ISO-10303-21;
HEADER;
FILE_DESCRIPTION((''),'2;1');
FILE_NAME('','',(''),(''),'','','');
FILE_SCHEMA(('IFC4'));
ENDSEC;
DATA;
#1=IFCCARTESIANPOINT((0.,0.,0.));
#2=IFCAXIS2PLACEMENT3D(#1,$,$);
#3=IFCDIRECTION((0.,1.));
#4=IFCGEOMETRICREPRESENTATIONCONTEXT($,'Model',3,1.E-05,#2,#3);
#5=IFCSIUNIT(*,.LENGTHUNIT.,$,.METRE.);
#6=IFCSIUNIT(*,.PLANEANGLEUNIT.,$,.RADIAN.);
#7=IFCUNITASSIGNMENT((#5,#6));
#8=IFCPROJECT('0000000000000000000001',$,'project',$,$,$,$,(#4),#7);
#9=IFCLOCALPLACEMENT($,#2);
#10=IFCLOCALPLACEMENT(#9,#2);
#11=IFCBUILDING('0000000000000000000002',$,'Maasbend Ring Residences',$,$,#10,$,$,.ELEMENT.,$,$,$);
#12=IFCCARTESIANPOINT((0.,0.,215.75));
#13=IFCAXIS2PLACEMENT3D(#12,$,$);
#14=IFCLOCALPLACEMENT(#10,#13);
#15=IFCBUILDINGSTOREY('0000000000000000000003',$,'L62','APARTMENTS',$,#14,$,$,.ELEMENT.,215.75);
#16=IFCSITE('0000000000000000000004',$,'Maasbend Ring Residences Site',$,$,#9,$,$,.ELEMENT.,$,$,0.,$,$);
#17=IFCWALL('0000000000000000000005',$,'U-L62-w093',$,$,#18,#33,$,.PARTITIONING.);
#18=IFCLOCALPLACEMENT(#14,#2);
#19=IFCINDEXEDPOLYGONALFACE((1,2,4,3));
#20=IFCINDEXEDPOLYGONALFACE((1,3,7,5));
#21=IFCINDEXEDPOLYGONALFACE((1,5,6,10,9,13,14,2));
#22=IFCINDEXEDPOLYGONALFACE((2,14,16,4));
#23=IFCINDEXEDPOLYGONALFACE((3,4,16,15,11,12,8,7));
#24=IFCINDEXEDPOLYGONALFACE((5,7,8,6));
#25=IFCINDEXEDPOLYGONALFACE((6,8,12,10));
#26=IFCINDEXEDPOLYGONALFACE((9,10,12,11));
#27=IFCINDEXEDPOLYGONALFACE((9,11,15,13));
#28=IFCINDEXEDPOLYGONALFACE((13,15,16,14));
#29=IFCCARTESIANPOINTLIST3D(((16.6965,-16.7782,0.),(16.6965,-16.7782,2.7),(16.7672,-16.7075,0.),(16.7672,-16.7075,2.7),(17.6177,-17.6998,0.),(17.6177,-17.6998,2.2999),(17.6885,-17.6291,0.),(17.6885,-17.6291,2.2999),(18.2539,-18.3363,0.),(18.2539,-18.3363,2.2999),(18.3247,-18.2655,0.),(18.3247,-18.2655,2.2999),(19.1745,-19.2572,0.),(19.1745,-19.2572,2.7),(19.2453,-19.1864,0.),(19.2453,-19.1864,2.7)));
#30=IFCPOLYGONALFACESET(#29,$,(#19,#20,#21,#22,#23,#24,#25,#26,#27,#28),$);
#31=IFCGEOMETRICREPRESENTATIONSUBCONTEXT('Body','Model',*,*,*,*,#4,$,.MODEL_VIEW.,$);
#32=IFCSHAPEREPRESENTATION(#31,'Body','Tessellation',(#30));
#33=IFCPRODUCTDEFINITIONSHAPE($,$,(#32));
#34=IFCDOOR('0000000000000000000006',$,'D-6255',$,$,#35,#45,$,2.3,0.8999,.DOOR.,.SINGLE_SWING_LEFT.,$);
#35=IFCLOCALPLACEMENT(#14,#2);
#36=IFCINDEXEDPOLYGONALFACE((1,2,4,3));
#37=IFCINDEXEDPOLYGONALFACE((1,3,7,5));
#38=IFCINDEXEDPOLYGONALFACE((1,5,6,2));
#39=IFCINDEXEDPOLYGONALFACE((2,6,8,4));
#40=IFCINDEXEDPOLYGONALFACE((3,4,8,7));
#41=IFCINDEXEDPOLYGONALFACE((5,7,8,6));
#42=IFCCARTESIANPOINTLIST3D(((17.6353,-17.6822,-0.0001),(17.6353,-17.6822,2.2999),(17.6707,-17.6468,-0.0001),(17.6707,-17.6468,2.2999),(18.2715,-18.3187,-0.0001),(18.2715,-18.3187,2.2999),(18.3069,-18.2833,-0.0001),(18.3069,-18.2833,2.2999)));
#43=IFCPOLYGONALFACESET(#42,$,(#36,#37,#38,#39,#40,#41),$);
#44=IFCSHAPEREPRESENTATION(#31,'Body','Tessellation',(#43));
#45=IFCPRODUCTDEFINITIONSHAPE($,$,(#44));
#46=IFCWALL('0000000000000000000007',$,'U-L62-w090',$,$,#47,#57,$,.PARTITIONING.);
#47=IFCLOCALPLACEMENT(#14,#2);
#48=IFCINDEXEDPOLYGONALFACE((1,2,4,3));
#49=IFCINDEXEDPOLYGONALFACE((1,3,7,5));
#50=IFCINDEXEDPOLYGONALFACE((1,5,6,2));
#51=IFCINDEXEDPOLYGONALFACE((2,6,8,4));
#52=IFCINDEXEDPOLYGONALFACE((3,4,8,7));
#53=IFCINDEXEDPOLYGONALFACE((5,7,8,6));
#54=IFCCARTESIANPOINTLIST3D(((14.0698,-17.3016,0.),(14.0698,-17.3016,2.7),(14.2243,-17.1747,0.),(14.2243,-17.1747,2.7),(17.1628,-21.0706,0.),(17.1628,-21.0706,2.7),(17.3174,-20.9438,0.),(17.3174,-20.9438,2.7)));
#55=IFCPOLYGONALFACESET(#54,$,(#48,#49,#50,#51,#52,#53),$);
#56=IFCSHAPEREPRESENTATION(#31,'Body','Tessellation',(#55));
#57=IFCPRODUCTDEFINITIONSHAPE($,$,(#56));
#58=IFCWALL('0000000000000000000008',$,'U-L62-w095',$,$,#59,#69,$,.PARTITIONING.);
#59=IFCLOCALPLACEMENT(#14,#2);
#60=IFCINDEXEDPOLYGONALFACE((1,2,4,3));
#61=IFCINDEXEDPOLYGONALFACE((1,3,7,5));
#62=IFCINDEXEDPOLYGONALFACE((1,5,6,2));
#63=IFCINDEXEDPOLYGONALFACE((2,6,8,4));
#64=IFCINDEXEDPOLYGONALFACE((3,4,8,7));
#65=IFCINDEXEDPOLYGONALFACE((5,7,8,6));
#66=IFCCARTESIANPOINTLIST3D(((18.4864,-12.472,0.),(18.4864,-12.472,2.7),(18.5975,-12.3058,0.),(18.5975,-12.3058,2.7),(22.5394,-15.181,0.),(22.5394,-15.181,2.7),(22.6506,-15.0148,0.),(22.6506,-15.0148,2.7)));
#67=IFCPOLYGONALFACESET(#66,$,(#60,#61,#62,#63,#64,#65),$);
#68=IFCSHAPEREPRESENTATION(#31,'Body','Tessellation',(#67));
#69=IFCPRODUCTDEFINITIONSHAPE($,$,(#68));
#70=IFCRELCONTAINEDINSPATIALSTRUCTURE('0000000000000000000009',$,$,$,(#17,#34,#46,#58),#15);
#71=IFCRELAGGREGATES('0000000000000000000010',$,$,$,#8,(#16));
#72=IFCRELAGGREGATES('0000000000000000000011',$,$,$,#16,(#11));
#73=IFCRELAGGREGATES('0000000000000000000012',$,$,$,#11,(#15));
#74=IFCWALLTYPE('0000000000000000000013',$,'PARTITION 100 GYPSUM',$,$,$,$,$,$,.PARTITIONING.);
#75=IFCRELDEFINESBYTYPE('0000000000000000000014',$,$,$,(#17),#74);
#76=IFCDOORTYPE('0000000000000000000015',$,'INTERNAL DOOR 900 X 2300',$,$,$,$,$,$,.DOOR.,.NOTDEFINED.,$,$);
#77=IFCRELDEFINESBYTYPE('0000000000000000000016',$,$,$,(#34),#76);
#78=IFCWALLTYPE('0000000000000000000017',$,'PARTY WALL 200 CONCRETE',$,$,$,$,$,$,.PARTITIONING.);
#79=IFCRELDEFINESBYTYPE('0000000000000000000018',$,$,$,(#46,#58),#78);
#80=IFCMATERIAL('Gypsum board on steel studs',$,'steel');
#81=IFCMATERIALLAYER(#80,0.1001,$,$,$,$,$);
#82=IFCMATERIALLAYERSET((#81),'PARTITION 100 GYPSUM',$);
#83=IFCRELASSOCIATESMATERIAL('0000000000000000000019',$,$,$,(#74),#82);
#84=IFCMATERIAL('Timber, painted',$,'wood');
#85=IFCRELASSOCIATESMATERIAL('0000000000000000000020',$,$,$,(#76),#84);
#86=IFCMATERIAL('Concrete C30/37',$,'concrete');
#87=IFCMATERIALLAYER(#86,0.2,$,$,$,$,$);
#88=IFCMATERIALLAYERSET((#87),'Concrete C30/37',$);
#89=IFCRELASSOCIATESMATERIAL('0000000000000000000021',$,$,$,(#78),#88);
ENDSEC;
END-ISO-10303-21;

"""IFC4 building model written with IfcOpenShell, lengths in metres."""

from ifc_helpers import new_model, si_unit, direction, frame, frame_2d, origin, place, context, subcontext, project, spatial, rectangle, extrude, material, layer, layer_set, type_object, element, fill, save


model = new_model("IFC4")

# Units and contexts
model_context = context("Model", 3, precision=1e-05, world=origin(), true_north=direction((0.0, 1.0)))
body_context = subcontext(model_context, "Body", "Model", "MODEL_VIEW")
ifc_project = project(units=[si_unit("LENGTHUNIT", "METRE"), si_unit("PLANEANGLEUNIT", "RADIAN")], contexts=[model_context])

# Site, building, storey
site_placement = place(None, origin())
site = spatial("IfcSite", under=ifc_project, at=site_placement, Name="Maasbend Ring Residences Site", CompositionType="ELEMENT", RefElevation=0.0)
building_placement = place(site_placement, origin())
building = spatial("IfcBuilding", under=site, at=building_placement, Name="Maasbend Ring Residences", CompositionType="ELEMENT")
storey_placement = place(building_placement, frame((0.0, 0.0, 215.75)))
storey = spatial("IfcBuildingStorey", under=building, at=storey_placement, Name="L62", Description="APARTMENTS", CompositionType="ELEMENT", Elevation=215.75)

# Shared definitions
ifc_material_1 = material(Name="Gypsum board on steel studs", Category="steel")
ifc_layer_1 = layer(ifc_material_1, 0.1001)
ifc_layer_set_1 = layer_set([ifc_layer_1], Name="PARTITION 100 GYPSUM")
wall_type_1 = type_object("IfcWallType", Name="PARTITION 100 GYPSUM", PredefinedType="PARTITIONING", material=ifc_layer_set_1)
ifc_material_2 = material(Name="Timber, painted", Category="wood")
door_type_1 = type_object("IfcDoorType", Name="INTERNAL DOOR 900 X 2300", OperationType="NOTDEFINED", PredefinedType="DOOR", material=ifc_material_2)

# Wall, opening, door
wall_1_placement = place(storey_placement, frame((16.7319, -16.7429, 0.0), z_axis=(0.0, 0.0, 1.0), x_axis=(0.706967, -0.707246, 0.0)))
wall_1 = element("IfcWall", 1, at=wall_1_placement, inside=storey, type_object=wall_type_1, Name="U-L62-w093", PredefinedType="PARTITIONING", context=body_context, shape_type="SweptSolid", body=[
    extrude(rectangle(XDim=3.5051, YDim=0.1001, at=frame_2d((1.7524, 0.0))), origin(), (0.0, 0.0, 1.0), 2.7),
])
opening_1_placement = place(wall_1_placement, frame((1.303, 0.0, 0.0)))
opening_1 = element("IfcOpeningElement", 2, at=opening_1_placement, cuts=wall_1, PredefinedType="OPENING", context=body_context, shape_type="SweptSolid", body=[
    extrude(rectangle(XDim=0.8999, YDim=2.3, at=frame_2d((0.45, 1.1499))), frame((0.0, 0.0601, 0.0), z_axis=(0.0, -1.0, 0.0), x_axis=(1.0, 0.0, 0.0)), (0.0, 0.0, 1.0), 0.1201),
])
door_1_placement = place(opening_1_placement, origin())
door_1 = element("IfcDoor", 3, at=door_1_placement, inside=storey, type_object=door_type_1, Name="D-6255", OperationType="SINGLE_SWING_LEFT", OverallHeight=2.3, OverallWidth=0.8999, PredefinedType="DOOR", context=body_context, shape_type="SweptSolid", body=[
    extrude(rectangle(XDim=0.8999, YDim=2.3, at=frame_2d((0.45, 1.1499))), frame((0.0, 0.0249, 0.0), z_axis=(0.0, -1.0, 0.0), x_axis=(1.0, 0.0, 0.0)), (0.0, 0.0, 1.0), 0.05),
])
fill(opening_1, door_1)

# Walls
ifc_material_3 = material(Name="Concrete C30/37", Category="concrete")
ifc_layer_2 = layer(ifc_material_3, 0.2)
ifc_layer_set_2 = layer_set([ifc_layer_2], Name="Concrete C30/37")
wall_type_2 = type_object("IfcWallType", Name="PARTY WALL 200 CONCRETE", PredefinedType="PARTITIONING", material=ifc_layer_set_2)
wall_2_placement = place(storey_placement, frame((14.147, -17.238, 0.0), z_axis=(0.0, 0.0, 1.0), x_axis=(0.634374, -0.773026, 0.0)))
element("IfcWall", 4, at=wall_2_placement, inside=storey, type_object=wall_type_2, Name="U-L62-w090", PredefinedType="PARTITIONING", context=body_context, shape_type="SweptSolid", body=[
    extrude(rectangle(XDim=4.8757, YDim=0.2, at=frame_2d((2.438, 0.0))), origin(), (0.0, 0.0, 1.0), 2.7),
])
wall_3_placement = place(storey_placement, frame((18.542, -12.3889, 0.0), z_axis=(0.0, 0.0, 1.0), x_axis=(0.831387, -0.555694, 0.0)))
element("IfcWall", 5, at=wall_3_placement, inside=storey, type_object=wall_type_2, Name="U-L62-w095", PredefinedType="PARTITIONING", context=body_context, shape_type="SweptSolid", body=[
    extrude(rectangle(XDim=4.875, YDim=0.2, at=frame_2d((2.4375, 0.0))), origin(), (0.0, 0.0, 1.0), 2.7),
])

save(model, "model.ifc")
